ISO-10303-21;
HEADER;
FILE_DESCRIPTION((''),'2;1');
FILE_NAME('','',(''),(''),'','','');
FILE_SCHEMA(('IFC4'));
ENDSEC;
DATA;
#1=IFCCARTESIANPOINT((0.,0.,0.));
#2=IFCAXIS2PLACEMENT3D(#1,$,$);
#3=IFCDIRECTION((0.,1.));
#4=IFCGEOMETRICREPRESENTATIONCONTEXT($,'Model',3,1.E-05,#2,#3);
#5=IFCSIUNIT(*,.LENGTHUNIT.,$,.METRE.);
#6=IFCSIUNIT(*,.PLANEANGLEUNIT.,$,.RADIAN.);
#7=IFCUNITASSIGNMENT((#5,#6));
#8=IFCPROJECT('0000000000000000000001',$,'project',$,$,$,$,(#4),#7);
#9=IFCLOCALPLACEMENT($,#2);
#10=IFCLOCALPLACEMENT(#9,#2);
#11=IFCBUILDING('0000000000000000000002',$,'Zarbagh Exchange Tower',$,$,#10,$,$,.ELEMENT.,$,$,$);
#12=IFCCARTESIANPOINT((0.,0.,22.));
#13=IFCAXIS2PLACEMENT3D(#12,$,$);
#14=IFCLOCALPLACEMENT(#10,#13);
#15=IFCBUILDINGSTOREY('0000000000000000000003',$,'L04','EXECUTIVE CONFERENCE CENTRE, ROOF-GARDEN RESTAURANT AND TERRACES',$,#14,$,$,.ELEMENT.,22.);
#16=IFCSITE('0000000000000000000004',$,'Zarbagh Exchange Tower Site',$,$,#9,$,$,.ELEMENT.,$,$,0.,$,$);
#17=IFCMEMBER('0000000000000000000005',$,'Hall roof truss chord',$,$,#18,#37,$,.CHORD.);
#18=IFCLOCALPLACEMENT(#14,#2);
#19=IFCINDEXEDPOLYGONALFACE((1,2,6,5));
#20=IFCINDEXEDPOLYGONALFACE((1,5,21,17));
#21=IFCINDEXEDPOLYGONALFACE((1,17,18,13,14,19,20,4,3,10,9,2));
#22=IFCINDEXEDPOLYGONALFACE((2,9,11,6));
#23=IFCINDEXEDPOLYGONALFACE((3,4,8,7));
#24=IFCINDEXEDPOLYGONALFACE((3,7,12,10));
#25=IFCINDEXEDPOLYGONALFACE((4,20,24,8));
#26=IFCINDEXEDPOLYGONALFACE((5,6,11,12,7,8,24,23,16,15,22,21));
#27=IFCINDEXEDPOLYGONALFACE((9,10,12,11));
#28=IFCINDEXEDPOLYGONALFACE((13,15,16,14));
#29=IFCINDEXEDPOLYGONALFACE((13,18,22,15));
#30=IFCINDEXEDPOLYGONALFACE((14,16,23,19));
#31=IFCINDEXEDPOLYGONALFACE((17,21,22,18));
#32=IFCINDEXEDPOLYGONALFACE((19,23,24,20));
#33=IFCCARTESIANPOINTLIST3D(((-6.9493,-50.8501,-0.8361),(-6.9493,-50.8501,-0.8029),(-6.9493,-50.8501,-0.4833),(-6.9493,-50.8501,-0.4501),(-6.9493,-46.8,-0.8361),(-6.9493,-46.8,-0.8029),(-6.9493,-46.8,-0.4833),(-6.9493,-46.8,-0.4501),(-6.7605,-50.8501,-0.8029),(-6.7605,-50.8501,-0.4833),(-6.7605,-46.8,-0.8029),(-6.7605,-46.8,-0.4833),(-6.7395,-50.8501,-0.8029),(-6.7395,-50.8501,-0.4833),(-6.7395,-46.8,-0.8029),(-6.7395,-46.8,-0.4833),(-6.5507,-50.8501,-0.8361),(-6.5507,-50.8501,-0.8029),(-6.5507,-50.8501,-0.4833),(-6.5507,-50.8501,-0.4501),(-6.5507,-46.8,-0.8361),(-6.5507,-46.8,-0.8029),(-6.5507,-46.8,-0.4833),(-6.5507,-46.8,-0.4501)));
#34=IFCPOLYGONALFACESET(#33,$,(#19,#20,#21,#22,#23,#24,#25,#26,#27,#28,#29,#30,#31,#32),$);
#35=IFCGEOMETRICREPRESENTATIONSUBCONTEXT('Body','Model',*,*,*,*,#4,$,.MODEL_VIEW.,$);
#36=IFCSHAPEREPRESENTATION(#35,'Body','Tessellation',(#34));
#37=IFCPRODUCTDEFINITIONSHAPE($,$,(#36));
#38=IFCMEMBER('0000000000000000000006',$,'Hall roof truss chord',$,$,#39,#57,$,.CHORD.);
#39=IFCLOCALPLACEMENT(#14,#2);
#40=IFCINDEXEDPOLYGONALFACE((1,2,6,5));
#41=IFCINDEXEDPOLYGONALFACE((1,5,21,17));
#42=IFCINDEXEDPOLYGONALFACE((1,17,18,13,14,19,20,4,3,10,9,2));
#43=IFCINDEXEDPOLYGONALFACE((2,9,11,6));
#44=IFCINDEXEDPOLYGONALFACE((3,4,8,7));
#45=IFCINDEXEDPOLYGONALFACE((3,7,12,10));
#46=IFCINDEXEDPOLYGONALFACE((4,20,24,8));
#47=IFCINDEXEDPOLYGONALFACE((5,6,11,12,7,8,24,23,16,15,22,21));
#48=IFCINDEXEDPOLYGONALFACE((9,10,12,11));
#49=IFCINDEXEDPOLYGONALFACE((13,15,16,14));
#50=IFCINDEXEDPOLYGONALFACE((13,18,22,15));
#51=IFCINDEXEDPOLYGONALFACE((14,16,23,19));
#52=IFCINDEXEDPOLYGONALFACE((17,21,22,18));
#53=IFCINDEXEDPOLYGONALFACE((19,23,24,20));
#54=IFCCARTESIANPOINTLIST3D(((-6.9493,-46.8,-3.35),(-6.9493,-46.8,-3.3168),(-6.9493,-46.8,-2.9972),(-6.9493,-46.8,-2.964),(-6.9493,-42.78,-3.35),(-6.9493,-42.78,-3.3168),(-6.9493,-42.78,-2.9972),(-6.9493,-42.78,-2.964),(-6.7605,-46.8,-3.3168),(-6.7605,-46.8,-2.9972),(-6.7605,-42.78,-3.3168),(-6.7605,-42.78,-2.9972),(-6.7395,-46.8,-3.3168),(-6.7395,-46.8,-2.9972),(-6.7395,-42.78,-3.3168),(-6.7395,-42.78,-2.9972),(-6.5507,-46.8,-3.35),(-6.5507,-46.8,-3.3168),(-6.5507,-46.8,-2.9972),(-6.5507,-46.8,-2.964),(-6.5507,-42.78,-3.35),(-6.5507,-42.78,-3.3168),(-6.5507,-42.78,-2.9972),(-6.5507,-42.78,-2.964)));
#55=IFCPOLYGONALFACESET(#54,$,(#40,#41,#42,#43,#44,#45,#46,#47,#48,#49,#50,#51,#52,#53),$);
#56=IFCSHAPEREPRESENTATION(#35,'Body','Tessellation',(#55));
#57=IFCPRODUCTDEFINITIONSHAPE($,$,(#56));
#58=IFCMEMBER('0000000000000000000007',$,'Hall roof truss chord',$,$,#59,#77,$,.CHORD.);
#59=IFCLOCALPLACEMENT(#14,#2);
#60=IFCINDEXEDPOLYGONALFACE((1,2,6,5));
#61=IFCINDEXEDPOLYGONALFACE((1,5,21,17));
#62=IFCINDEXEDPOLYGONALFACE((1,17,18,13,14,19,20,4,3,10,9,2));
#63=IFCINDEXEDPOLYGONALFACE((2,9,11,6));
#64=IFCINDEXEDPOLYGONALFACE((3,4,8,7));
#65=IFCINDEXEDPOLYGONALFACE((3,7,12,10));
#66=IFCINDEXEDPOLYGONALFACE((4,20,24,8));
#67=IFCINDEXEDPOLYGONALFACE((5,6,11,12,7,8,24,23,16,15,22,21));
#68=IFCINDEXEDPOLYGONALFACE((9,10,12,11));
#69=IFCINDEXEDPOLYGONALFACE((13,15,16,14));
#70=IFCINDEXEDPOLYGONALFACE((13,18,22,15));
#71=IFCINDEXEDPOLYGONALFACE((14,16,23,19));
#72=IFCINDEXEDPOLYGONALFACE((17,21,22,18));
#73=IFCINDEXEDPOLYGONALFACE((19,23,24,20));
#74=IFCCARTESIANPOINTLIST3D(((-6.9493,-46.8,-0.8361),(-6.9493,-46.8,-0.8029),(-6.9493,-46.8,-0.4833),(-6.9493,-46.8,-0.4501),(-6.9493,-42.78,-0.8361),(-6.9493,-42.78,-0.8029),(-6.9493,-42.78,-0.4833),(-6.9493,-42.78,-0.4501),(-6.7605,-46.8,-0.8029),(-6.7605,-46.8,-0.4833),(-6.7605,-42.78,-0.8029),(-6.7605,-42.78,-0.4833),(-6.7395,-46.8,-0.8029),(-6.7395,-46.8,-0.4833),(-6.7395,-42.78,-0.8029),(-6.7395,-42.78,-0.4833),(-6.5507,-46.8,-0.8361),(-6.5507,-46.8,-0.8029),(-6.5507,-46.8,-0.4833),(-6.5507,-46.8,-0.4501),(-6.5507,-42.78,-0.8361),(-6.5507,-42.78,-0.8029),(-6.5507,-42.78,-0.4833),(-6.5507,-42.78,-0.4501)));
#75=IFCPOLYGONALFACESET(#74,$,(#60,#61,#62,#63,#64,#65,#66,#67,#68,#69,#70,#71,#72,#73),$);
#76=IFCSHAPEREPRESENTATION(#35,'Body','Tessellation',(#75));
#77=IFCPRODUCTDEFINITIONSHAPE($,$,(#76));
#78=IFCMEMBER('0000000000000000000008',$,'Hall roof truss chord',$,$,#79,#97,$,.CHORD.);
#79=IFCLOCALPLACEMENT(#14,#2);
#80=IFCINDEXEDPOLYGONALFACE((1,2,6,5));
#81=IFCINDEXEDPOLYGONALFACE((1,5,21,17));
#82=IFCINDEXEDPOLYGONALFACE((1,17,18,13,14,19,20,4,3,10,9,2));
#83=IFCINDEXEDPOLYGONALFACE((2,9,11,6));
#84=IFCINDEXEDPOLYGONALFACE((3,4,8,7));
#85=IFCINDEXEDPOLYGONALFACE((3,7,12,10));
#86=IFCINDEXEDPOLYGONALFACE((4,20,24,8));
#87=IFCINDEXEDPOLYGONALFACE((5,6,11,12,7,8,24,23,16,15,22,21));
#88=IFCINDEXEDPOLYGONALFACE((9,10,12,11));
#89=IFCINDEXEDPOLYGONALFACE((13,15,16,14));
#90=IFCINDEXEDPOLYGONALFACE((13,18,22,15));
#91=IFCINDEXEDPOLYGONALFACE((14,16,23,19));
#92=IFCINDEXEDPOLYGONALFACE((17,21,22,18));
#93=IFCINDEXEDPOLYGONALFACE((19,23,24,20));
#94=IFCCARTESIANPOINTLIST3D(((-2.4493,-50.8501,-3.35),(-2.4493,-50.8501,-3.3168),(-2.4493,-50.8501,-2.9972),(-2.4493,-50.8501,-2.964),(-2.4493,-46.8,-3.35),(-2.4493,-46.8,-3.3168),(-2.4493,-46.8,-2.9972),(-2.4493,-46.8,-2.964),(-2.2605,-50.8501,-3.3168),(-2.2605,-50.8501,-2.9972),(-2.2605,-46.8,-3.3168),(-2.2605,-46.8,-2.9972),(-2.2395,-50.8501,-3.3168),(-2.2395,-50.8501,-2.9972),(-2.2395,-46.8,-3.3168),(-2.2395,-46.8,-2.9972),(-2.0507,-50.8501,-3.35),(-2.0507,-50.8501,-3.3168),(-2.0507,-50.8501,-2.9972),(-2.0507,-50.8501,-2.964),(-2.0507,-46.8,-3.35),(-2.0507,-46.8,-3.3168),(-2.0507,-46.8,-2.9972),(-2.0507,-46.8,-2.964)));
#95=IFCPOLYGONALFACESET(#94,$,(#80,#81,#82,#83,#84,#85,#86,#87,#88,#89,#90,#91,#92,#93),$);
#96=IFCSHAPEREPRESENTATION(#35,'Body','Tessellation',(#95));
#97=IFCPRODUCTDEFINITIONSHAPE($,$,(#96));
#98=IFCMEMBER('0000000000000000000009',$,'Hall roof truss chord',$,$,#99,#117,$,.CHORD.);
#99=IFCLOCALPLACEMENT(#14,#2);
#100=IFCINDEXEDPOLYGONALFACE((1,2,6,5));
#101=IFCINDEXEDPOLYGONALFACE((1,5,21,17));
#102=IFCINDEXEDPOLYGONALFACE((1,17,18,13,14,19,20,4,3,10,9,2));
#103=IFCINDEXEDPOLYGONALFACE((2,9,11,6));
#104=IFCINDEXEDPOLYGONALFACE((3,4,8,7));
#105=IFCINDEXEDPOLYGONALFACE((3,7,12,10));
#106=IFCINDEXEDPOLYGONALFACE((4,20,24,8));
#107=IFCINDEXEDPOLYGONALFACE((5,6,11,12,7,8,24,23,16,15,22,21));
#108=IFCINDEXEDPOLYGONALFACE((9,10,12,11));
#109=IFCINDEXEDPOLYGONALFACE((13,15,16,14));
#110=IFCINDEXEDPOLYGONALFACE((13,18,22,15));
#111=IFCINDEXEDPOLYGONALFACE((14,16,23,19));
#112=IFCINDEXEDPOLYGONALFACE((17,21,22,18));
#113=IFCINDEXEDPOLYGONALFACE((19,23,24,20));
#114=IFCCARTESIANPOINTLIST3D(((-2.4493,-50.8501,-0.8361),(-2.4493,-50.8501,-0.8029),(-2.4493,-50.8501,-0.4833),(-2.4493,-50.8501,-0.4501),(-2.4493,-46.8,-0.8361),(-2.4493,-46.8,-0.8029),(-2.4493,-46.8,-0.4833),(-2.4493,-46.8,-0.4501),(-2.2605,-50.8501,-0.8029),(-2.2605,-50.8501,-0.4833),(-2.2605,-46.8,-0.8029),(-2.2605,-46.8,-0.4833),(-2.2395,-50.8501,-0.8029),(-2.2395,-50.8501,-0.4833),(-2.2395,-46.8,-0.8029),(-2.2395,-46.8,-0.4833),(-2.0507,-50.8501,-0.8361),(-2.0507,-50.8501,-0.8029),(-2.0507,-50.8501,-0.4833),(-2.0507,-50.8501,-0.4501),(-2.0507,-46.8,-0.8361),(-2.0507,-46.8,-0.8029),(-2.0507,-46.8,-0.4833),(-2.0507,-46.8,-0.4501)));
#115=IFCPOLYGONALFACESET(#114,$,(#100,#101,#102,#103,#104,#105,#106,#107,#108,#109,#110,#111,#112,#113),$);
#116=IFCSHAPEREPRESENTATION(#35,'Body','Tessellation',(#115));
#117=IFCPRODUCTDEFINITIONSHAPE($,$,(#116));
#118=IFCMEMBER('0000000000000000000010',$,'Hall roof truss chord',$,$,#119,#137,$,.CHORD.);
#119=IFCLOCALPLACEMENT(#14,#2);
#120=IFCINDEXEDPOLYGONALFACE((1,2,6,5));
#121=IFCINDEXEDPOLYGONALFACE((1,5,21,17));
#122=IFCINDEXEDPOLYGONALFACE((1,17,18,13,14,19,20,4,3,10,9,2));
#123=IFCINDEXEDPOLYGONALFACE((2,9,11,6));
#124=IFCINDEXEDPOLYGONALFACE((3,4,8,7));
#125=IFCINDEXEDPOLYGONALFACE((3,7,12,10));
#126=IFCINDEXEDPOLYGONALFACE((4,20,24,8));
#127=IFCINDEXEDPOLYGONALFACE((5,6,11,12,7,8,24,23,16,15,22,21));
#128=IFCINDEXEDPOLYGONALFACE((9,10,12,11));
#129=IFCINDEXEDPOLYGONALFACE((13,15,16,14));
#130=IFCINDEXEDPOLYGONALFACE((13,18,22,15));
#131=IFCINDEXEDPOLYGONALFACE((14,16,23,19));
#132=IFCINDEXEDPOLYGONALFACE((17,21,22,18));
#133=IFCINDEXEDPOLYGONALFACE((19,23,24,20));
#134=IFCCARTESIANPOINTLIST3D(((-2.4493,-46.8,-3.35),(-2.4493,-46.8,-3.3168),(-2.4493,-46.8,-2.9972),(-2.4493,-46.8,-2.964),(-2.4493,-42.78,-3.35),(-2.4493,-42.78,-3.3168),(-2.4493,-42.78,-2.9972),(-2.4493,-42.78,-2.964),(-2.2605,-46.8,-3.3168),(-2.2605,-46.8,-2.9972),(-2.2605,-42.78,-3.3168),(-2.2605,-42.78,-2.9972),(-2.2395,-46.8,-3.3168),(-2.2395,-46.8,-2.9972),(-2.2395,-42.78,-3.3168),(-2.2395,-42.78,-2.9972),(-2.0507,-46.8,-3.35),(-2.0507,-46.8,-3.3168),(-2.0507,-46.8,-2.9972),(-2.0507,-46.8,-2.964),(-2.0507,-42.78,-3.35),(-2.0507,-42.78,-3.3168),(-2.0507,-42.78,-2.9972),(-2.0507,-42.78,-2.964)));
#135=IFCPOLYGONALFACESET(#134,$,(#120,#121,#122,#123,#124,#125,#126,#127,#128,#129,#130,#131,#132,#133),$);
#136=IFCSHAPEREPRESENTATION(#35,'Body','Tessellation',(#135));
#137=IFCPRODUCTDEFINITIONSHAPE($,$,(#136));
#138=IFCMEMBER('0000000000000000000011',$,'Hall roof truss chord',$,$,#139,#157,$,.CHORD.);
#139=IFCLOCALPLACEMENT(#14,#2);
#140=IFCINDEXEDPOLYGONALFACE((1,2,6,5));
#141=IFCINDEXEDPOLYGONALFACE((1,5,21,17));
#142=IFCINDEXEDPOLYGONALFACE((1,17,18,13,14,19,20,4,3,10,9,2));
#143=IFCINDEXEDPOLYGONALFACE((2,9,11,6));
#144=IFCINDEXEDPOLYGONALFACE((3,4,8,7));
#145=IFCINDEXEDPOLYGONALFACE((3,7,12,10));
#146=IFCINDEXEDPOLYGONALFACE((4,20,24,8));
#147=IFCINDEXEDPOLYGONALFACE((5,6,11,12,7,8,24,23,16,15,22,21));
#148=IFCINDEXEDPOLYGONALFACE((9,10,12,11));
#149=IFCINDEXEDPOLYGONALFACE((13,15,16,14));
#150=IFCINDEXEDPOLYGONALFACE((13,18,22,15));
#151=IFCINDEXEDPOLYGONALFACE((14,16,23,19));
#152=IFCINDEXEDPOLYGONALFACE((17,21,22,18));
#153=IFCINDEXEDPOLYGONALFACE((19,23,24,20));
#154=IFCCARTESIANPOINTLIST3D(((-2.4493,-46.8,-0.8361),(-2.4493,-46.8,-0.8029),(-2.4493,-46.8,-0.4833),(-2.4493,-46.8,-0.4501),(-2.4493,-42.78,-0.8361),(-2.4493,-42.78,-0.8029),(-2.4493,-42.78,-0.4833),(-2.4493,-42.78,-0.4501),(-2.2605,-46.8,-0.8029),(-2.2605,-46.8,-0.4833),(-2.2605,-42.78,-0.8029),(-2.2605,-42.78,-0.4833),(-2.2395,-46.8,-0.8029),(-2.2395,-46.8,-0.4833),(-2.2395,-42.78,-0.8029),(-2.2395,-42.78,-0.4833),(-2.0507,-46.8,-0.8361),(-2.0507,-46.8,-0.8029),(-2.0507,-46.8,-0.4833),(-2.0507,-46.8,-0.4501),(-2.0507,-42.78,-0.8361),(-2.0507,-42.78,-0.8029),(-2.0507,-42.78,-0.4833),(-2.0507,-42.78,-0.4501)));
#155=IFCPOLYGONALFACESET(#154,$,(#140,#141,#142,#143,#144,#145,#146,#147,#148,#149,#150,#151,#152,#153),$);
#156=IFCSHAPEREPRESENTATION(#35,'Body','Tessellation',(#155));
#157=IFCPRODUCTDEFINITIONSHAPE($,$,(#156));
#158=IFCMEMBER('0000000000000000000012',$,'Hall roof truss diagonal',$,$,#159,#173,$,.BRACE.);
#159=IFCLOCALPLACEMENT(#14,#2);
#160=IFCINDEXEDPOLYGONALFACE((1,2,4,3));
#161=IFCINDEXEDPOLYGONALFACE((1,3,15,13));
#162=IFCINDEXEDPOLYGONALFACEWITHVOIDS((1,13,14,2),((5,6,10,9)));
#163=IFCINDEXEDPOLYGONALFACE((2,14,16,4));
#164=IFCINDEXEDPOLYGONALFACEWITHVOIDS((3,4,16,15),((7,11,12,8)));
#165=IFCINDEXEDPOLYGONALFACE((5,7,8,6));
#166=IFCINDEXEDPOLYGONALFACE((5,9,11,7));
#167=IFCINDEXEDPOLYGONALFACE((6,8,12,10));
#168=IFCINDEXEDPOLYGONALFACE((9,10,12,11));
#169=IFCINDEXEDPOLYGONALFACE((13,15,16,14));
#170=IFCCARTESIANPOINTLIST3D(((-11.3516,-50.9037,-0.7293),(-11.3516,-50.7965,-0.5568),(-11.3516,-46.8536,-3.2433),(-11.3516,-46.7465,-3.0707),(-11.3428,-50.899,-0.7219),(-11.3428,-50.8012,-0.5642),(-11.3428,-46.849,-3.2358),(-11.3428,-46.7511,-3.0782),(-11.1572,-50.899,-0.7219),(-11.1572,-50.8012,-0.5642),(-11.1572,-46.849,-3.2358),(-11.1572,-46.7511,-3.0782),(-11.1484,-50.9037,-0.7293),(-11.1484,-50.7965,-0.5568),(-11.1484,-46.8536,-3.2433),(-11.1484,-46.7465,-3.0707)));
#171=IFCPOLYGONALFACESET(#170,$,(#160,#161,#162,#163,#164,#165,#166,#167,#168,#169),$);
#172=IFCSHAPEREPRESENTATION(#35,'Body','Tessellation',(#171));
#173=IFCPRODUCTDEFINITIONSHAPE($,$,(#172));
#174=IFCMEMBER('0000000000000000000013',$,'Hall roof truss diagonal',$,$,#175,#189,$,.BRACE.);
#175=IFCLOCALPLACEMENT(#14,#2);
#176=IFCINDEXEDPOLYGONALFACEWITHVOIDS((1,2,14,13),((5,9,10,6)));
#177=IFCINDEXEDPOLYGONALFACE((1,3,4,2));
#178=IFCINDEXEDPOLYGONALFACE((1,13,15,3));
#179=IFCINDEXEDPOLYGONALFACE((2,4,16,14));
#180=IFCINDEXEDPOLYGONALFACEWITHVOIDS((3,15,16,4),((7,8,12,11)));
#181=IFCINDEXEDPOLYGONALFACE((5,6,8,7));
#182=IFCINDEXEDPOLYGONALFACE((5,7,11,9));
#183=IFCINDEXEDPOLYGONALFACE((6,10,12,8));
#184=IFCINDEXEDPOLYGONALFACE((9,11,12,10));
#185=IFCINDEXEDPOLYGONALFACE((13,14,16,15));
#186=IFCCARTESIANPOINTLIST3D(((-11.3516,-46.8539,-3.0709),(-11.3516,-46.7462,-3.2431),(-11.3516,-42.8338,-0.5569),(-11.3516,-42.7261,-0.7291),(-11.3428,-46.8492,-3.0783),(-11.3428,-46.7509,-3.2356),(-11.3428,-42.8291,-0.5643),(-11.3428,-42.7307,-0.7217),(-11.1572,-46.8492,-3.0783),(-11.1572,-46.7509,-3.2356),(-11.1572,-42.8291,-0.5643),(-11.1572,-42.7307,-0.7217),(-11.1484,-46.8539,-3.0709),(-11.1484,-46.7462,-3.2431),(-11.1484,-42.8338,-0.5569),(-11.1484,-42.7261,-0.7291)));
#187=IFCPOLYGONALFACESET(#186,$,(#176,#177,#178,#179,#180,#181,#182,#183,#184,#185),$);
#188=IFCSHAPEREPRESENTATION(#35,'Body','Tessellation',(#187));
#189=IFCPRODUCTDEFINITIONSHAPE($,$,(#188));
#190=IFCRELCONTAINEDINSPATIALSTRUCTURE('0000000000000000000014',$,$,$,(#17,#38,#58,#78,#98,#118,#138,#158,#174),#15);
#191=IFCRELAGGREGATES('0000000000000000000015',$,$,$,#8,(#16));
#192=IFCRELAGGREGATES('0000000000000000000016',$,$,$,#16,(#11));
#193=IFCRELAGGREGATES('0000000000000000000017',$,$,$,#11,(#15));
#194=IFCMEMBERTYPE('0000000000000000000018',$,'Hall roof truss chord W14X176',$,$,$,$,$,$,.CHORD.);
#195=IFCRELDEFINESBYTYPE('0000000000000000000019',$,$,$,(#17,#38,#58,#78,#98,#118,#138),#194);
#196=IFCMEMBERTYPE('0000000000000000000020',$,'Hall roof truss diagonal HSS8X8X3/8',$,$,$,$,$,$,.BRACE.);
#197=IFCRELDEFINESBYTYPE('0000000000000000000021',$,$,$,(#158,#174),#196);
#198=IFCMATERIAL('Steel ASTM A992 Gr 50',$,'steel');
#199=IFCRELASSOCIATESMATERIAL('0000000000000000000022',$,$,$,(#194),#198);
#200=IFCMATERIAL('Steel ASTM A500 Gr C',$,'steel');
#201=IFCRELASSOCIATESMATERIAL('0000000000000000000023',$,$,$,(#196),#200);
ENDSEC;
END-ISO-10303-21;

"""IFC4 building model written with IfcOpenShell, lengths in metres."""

from ifc_helpers import new_model, si_unit, direction, frame, origin, origin_2d, place, context, subcontext, project, spatial, hollow_rectangle, i_section, extrude, material, material_profile, profile_set, type_object, element, save


model = new_model("IFC4")

# Units and contexts
model_context = context("Model", 3, precision=1e-05, world=origin(), true_north=direction((0.0, 1.0)))
body_context = subcontext(model_context, "Body", "Model", "MODEL_VIEW")
ifc_project = project(units=[si_unit("LENGTHUNIT", "METRE"), si_unit("PLANEANGLEUNIT", "RADIAN")], contexts=[model_context])

# Site, building, storey
site_placement = place(None, origin())
site = spatial("IfcSite", under=ifc_project, at=site_placement, Name="Zarbagh Exchange Tower Site", CompositionType="ELEMENT", RefElevation=0.0)
building_placement = place(site_placement, origin())
building = spatial("IfcBuilding", under=site, at=building_placement, Name="Zarbagh Exchange Tower", CompositionType="ELEMENT")
storey_placement = place(building_placement, frame((0.0, 0.0, 22.0)))
storey = spatial("IfcBuildingStorey", under=building, at=storey_placement, Name="L04", Description="EXECUTIVE CONFERENCE CENTRE, ROOF-GARDEN RESTAURANT AND TERRACES", CompositionType="ELEMENT", Elevation=22.0)

# Members
ifc_material_1 = material(Name="Steel ASTM A992 Gr 50", Category="steel")
ifc_material_profile_1 = material_profile(ifc_material_1, i_section(OverallWidth=0.3987, OverallDepth=0.386, WebThickness=0.021, FlangeThickness=0.0332, at=origin_2d()), Name="W14X176")
ifc_profile_set_1 = profile_set([ifc_material_profile_1], Name="Steel ASTM A992 Gr 50")
member_type_1 = type_object("IfcMemberType", Name="Hall roof truss chord W14X176", PredefinedType="CHORD", material=ifc_profile_set_1)
for number, where, z_axis, x_axis, name in (
    (1, (-6.75, -50.8501, -0.6431), (0.0, 1.0, 0.0), (-1.0, 0.0, 0.0), "Hall roof truss chord"),
):
    element("IfcMember", number, at=place(storey_placement, frame(where, z_axis=z_axis, x_axis=x_axis)), inside=storey, type_object=member_type_1, Name=name, PredefinedType="CHORD", context=body_context, shape_type="SweptSolid", body=[
        extrude(i_section(OverallWidth=0.3987, OverallDepth=0.386, WebThickness=0.021, FlangeThickness=0.0332, at=origin_2d()), origin(), (0.0, 0.0, 1.0), 4.05),
    ])
for number, where, z_axis, x_axis, name in (
    (2, (-6.75, -46.8, -3.157), (0.0, 1.0, 0.0), (-1.0, 0.0, 0.0), "Hall roof truss chord"),
    (3, (-6.75, -46.8, -0.6431), (0.0, 1.0, 0.0), (-1.0, 0.0, 0.0), "Hall roof truss chord"),
):
    element("IfcMember", number, at=place(storey_placement, frame(where, z_axis=z_axis, x_axis=x_axis)), inside=storey, type_object=member_type_1, Name=name, PredefinedType="CHORD", context=body_context, shape_type="SweptSolid", body=[
        extrude(i_section(OverallWidth=0.3987, OverallDepth=0.386, WebThickness=0.021, FlangeThickness=0.0332, at=origin_2d()), origin(), (0.0, 0.0, 1.0), 4.02),
    ])
for number, where, z_axis, x_axis, name in (
    (4, (-2.25, -50.8501, -3.157), (0.0, 1.0, 0.0), (-1.0, 0.0, 0.0), "Hall roof truss chord"),
    (5, (-2.25, -50.8501, -0.6431), (0.0, 1.0, 0.0), (-1.0, 0.0, 0.0), "Hall roof truss chord"),
):
    element("IfcMember", number, at=place(storey_placement, frame(where, z_axis=z_axis, x_axis=x_axis)), inside=storey, type_object=member_type_1, Name=name, PredefinedType="CHORD", context=body_context, shape_type="SweptSolid", body=[
        extrude(i_section(OverallWidth=0.3987, OverallDepth=0.386, WebThickness=0.021, FlangeThickness=0.0332, at=origin_2d()), origin(), (0.0, 0.0, 1.0), 4.05),
    ])
for number, where, z_axis, x_axis, name in (
    (6, (-2.25, -46.8, -3.157), (0.0, 1.0, 0.0), (-1.0, 0.0, 0.0), "Hall roof truss chord"),
    (7, (-2.25, -46.8, -0.6431), (0.0, 1.0, 0.0), (-1.0, 0.0, 0.0), "Hall roof truss chord"),
):
    element("IfcMember", number, at=place(storey_placement, frame(where, z_axis=z_axis, x_axis=x_axis)), inside=storey, type_object=member_type_1, Name=name, PredefinedType="CHORD", context=body_context, shape_type="SweptSolid", body=[
        extrude(i_section(OverallWidth=0.3987, OverallDepth=0.386, WebThickness=0.021, FlangeThickness=0.0332, at=origin_2d()), origin(), (0.0, 0.0, 1.0), 4.02),
    ])
ifc_material_2 = material(Name="Steel ASTM A500 Gr C", Category="steel")
ifc_material_profile_2 = material_profile(ifc_material_2, hollow_rectangle(XDim=0.2031, YDim=0.2031, WallThickness=0.0088, at=origin_2d()), Name="HSS8X8X3/8")
ifc_profile_set_2 = profile_set([ifc_material_profile_2], Name="Steel ASTM A500 Gr C")
member_type_2 = type_object("IfcMemberType", Name="Hall roof truss diagonal HSS8X8X3/8", PredefinedType="BRACE", material=ifc_profile_set_2)
member_1_placement = place(storey_placement, frame((-11.25, -46.8, -3.157), z_axis=(0.0, -0.849631, 0.527377), x_axis=(1.0, 0.0, 0.0)))
element("IfcMember", 8, at=member_1_placement, inside=storey, type_object=member_type_2, Name="Hall roof truss diagonal", PredefinedType="BRACE", context=body_context, shape_type="SweptSolid", body=[
    extrude(hollow_rectangle(XDim=0.2031, YDim=0.2031, WallThickness=0.0088, at=origin_2d()), origin(), (0.0, 0.0, 1.0), 4.7668),
])
member_2_placement = place(storey_placement, frame((-11.25, -46.8, -3.157), z_axis=(0.0, 0.847865, 0.530212), x_axis=(-1.0, 0.0, 0.0)))
element("IfcMember", 9, at=member_2_placement, inside=storey, type_object=member_type_2, Name="Hall roof truss diagonal", PredefinedType="BRACE", context=body_context, shape_type="SweptSolid", body=[
    extrude(hollow_rectangle(XDim=0.2031, YDim=0.2031, WallThickness=0.0088, at=origin_2d()), origin(), (0.0, 0.0, 1.0), 4.7415),
])

save(model, "model.ifc")
